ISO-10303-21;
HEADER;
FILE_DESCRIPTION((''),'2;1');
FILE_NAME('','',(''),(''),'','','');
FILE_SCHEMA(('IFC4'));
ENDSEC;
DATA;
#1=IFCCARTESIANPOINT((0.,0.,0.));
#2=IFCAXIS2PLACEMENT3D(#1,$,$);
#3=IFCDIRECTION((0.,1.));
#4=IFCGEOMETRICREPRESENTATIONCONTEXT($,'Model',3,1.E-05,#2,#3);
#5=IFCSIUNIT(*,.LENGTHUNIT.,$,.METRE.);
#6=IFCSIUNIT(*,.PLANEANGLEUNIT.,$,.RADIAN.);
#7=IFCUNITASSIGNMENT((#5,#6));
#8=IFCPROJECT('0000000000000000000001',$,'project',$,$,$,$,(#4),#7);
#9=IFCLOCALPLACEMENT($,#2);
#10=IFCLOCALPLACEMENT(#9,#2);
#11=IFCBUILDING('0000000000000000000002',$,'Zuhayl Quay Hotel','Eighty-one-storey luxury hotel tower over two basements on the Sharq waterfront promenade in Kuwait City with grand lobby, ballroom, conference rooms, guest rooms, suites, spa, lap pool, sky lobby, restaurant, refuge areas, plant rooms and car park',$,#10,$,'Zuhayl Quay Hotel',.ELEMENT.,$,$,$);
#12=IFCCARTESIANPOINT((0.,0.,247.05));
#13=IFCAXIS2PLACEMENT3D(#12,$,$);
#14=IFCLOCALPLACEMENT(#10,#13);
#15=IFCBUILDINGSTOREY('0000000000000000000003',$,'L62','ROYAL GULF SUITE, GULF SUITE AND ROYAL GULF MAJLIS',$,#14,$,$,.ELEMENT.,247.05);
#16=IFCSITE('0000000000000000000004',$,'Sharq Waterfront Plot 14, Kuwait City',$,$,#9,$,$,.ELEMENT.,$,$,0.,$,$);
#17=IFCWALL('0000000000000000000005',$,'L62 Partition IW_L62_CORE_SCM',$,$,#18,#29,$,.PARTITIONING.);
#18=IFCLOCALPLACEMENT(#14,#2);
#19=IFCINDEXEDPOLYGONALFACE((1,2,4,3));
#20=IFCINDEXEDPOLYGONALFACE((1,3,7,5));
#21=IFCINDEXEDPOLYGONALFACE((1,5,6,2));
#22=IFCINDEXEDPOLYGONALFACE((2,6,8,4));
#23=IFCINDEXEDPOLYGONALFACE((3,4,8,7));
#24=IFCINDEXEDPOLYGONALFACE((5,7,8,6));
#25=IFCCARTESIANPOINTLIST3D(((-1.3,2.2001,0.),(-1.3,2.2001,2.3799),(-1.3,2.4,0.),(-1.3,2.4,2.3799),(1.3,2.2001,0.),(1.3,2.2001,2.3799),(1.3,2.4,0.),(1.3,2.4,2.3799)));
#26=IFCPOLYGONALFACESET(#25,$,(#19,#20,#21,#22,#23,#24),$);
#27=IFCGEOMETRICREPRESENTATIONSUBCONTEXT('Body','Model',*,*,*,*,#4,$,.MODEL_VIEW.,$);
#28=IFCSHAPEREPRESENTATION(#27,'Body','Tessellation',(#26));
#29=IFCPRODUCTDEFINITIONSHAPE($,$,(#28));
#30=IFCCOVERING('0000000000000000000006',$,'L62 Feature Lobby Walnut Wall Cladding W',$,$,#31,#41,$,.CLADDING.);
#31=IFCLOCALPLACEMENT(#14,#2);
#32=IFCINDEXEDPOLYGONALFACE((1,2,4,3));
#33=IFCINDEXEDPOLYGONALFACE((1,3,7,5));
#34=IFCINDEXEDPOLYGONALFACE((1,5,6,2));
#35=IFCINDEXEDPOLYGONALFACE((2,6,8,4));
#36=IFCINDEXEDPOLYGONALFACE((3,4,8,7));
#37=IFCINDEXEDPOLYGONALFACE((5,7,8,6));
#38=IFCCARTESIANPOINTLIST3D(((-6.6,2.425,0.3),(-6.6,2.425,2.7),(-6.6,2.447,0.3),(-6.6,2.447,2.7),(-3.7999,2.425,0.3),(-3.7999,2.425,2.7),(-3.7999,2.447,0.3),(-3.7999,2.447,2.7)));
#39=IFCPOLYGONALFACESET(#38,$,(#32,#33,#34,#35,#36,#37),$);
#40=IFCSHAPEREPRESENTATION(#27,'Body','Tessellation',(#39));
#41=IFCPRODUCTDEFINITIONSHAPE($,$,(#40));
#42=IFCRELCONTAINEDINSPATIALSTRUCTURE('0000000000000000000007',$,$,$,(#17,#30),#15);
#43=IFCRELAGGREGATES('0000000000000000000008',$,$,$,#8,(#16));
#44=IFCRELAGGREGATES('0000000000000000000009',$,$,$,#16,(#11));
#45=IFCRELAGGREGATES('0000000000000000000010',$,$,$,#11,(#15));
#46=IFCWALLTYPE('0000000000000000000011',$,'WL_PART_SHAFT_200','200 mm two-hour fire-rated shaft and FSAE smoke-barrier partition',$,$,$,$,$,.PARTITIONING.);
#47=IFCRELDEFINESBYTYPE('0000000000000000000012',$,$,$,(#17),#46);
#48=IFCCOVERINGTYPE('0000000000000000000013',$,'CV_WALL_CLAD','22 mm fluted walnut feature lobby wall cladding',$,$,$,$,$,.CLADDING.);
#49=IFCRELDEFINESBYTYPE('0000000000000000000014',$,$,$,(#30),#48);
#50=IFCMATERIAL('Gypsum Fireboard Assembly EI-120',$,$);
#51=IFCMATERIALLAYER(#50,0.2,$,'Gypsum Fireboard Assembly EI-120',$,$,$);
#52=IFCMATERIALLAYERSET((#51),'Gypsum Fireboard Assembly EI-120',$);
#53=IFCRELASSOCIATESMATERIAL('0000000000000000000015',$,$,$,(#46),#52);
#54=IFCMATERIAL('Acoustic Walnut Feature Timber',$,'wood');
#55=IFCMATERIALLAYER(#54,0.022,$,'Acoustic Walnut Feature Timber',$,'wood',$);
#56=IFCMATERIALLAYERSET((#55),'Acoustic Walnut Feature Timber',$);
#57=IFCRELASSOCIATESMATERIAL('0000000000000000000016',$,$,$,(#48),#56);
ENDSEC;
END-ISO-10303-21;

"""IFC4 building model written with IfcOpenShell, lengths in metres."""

from ifc_helpers import new_model, si_unit, direction, frame, frame_2d, origin, origin_2d, place, context, subcontext, project, spatial, rectangle, extrude, material, layer, layer_set, type_object, element, save


model = new_model("IFC4")

# Units and contexts
model_context = context("Model", 3, precision=1e-05, world=origin(), true_north=direction((0.0, 1.0)))
body_context = subcontext(model_context, "Body", "Model", "MODEL_VIEW")
ifc_project = project(units=[si_unit("LENGTHUNIT", "METRE"), si_unit("PLANEANGLEUNIT", "RADIAN")], contexts=[model_context])

# Site, building, storey
site_placement = place(None, origin())
site = spatial("IfcSite", under=ifc_project, at=site_placement, Name="Sharq Waterfront Plot 14, Kuwait City", CompositionType="ELEMENT", RefElevation=0.0)
building_placement = place(site_placement, origin())
building = spatial("IfcBuilding", under=site, at=building_placement, Name="Zuhayl Quay Hotel", Description="Eighty-one-storey luxury hotel tower over two basements on the Sharq waterfront promenade in Kuwait City with grand lobby, ballroom, conference rooms, guest rooms, suites, spa, lap pool, sky lobby, restaurant, refuge areas, plant rooms and car park", LongName="Zuhayl Quay Hotel", CompositionType="ELEMENT")
storey_placement = place(building_placement, frame((0.0, 0.0, 247.05)))
storey = spatial("IfcBuildingStorey", under=building, at=storey_placement, Name="L62", Description="ROYAL GULF SUITE, GULF SUITE AND ROYAL GULF MAJLIS", CompositionType="ELEMENT", Elevation=247.05)

# Shared definitions
ifc_material_1 = material(Name="Gypsum Fireboard Assembly EI-120")
ifc_layer_1 = layer(ifc_material_1, 0.2, Name="Gypsum Fireboard Assembly EI-120")
ifc_layer_set_1 = layer_set([ifc_layer_1], Name="Gypsum Fireboard Assembly EI-120")
wall_type_1 = type_object("IfcWallType", Name="WL_PART_SHAFT_200", Description="200 mm two-hour fire-rated shaft and FSAE smoke-barrier partition", PredefinedType="PARTITIONING", material=ifc_layer_set_1)

# Wall
wall_1_placement = place(storey_placement, frame((-1.3, 2.3, 0.0), z_axis=(0.0, 0.0, 1.0), x_axis=(1.0, 0.0, 0.0)))
element("IfcWall", 1, at=wall_1_placement, inside=storey, type_object=wall_type_1, Name="L62 Partition IW_L62_CORE_SCM", PredefinedType="PARTITIONING", context=body_context, shape_type="SweptSolid", body=[
    extrude(rectangle(XDim=2.6001, YDim=0.2, at=frame_2d((1.3, 0.0))), origin(), (0.0, 0.0, 1.0), 2.3799),
])

# Covering
ifc_material_2 = material(Name="Acoustic Walnut Feature Timber", Category="wood")
ifc_layer_2 = layer(ifc_material_2, 0.022, Name="Acoustic Walnut Feature Timber", Category="wood")
ifc_layer_set_2 = layer_set([ifc_layer_2], Name="Acoustic Walnut Feature Timber")
covering_type = type_object("IfcCoveringType", Name="CV_WALL_CLAD", Description="22 mm fluted walnut feature lobby wall cladding", PredefinedType="CLADDING", material=ifc_layer_set_2)
covering_placement = place(storey_placement, frame((-5.2, 2.436, 0.3), z_axis=(0.0, 0.0, 1.0), x_axis=(1.0, 0.0, 0.0)))
element("IfcCovering", 2, at=covering_placement, inside=storey, type_object=covering_type, Name="L62 Feature Lobby Walnut Wall Cladding W", PredefinedType="CLADDING", context=body_context, shape_type="SweptSolid", body=[
    extrude(rectangle(XDim=2.8, YDim=0.022, at=origin_2d()), origin(), (0.0, 0.0, 1.0), 2.3999),
])

save(model, "model.ifc")
